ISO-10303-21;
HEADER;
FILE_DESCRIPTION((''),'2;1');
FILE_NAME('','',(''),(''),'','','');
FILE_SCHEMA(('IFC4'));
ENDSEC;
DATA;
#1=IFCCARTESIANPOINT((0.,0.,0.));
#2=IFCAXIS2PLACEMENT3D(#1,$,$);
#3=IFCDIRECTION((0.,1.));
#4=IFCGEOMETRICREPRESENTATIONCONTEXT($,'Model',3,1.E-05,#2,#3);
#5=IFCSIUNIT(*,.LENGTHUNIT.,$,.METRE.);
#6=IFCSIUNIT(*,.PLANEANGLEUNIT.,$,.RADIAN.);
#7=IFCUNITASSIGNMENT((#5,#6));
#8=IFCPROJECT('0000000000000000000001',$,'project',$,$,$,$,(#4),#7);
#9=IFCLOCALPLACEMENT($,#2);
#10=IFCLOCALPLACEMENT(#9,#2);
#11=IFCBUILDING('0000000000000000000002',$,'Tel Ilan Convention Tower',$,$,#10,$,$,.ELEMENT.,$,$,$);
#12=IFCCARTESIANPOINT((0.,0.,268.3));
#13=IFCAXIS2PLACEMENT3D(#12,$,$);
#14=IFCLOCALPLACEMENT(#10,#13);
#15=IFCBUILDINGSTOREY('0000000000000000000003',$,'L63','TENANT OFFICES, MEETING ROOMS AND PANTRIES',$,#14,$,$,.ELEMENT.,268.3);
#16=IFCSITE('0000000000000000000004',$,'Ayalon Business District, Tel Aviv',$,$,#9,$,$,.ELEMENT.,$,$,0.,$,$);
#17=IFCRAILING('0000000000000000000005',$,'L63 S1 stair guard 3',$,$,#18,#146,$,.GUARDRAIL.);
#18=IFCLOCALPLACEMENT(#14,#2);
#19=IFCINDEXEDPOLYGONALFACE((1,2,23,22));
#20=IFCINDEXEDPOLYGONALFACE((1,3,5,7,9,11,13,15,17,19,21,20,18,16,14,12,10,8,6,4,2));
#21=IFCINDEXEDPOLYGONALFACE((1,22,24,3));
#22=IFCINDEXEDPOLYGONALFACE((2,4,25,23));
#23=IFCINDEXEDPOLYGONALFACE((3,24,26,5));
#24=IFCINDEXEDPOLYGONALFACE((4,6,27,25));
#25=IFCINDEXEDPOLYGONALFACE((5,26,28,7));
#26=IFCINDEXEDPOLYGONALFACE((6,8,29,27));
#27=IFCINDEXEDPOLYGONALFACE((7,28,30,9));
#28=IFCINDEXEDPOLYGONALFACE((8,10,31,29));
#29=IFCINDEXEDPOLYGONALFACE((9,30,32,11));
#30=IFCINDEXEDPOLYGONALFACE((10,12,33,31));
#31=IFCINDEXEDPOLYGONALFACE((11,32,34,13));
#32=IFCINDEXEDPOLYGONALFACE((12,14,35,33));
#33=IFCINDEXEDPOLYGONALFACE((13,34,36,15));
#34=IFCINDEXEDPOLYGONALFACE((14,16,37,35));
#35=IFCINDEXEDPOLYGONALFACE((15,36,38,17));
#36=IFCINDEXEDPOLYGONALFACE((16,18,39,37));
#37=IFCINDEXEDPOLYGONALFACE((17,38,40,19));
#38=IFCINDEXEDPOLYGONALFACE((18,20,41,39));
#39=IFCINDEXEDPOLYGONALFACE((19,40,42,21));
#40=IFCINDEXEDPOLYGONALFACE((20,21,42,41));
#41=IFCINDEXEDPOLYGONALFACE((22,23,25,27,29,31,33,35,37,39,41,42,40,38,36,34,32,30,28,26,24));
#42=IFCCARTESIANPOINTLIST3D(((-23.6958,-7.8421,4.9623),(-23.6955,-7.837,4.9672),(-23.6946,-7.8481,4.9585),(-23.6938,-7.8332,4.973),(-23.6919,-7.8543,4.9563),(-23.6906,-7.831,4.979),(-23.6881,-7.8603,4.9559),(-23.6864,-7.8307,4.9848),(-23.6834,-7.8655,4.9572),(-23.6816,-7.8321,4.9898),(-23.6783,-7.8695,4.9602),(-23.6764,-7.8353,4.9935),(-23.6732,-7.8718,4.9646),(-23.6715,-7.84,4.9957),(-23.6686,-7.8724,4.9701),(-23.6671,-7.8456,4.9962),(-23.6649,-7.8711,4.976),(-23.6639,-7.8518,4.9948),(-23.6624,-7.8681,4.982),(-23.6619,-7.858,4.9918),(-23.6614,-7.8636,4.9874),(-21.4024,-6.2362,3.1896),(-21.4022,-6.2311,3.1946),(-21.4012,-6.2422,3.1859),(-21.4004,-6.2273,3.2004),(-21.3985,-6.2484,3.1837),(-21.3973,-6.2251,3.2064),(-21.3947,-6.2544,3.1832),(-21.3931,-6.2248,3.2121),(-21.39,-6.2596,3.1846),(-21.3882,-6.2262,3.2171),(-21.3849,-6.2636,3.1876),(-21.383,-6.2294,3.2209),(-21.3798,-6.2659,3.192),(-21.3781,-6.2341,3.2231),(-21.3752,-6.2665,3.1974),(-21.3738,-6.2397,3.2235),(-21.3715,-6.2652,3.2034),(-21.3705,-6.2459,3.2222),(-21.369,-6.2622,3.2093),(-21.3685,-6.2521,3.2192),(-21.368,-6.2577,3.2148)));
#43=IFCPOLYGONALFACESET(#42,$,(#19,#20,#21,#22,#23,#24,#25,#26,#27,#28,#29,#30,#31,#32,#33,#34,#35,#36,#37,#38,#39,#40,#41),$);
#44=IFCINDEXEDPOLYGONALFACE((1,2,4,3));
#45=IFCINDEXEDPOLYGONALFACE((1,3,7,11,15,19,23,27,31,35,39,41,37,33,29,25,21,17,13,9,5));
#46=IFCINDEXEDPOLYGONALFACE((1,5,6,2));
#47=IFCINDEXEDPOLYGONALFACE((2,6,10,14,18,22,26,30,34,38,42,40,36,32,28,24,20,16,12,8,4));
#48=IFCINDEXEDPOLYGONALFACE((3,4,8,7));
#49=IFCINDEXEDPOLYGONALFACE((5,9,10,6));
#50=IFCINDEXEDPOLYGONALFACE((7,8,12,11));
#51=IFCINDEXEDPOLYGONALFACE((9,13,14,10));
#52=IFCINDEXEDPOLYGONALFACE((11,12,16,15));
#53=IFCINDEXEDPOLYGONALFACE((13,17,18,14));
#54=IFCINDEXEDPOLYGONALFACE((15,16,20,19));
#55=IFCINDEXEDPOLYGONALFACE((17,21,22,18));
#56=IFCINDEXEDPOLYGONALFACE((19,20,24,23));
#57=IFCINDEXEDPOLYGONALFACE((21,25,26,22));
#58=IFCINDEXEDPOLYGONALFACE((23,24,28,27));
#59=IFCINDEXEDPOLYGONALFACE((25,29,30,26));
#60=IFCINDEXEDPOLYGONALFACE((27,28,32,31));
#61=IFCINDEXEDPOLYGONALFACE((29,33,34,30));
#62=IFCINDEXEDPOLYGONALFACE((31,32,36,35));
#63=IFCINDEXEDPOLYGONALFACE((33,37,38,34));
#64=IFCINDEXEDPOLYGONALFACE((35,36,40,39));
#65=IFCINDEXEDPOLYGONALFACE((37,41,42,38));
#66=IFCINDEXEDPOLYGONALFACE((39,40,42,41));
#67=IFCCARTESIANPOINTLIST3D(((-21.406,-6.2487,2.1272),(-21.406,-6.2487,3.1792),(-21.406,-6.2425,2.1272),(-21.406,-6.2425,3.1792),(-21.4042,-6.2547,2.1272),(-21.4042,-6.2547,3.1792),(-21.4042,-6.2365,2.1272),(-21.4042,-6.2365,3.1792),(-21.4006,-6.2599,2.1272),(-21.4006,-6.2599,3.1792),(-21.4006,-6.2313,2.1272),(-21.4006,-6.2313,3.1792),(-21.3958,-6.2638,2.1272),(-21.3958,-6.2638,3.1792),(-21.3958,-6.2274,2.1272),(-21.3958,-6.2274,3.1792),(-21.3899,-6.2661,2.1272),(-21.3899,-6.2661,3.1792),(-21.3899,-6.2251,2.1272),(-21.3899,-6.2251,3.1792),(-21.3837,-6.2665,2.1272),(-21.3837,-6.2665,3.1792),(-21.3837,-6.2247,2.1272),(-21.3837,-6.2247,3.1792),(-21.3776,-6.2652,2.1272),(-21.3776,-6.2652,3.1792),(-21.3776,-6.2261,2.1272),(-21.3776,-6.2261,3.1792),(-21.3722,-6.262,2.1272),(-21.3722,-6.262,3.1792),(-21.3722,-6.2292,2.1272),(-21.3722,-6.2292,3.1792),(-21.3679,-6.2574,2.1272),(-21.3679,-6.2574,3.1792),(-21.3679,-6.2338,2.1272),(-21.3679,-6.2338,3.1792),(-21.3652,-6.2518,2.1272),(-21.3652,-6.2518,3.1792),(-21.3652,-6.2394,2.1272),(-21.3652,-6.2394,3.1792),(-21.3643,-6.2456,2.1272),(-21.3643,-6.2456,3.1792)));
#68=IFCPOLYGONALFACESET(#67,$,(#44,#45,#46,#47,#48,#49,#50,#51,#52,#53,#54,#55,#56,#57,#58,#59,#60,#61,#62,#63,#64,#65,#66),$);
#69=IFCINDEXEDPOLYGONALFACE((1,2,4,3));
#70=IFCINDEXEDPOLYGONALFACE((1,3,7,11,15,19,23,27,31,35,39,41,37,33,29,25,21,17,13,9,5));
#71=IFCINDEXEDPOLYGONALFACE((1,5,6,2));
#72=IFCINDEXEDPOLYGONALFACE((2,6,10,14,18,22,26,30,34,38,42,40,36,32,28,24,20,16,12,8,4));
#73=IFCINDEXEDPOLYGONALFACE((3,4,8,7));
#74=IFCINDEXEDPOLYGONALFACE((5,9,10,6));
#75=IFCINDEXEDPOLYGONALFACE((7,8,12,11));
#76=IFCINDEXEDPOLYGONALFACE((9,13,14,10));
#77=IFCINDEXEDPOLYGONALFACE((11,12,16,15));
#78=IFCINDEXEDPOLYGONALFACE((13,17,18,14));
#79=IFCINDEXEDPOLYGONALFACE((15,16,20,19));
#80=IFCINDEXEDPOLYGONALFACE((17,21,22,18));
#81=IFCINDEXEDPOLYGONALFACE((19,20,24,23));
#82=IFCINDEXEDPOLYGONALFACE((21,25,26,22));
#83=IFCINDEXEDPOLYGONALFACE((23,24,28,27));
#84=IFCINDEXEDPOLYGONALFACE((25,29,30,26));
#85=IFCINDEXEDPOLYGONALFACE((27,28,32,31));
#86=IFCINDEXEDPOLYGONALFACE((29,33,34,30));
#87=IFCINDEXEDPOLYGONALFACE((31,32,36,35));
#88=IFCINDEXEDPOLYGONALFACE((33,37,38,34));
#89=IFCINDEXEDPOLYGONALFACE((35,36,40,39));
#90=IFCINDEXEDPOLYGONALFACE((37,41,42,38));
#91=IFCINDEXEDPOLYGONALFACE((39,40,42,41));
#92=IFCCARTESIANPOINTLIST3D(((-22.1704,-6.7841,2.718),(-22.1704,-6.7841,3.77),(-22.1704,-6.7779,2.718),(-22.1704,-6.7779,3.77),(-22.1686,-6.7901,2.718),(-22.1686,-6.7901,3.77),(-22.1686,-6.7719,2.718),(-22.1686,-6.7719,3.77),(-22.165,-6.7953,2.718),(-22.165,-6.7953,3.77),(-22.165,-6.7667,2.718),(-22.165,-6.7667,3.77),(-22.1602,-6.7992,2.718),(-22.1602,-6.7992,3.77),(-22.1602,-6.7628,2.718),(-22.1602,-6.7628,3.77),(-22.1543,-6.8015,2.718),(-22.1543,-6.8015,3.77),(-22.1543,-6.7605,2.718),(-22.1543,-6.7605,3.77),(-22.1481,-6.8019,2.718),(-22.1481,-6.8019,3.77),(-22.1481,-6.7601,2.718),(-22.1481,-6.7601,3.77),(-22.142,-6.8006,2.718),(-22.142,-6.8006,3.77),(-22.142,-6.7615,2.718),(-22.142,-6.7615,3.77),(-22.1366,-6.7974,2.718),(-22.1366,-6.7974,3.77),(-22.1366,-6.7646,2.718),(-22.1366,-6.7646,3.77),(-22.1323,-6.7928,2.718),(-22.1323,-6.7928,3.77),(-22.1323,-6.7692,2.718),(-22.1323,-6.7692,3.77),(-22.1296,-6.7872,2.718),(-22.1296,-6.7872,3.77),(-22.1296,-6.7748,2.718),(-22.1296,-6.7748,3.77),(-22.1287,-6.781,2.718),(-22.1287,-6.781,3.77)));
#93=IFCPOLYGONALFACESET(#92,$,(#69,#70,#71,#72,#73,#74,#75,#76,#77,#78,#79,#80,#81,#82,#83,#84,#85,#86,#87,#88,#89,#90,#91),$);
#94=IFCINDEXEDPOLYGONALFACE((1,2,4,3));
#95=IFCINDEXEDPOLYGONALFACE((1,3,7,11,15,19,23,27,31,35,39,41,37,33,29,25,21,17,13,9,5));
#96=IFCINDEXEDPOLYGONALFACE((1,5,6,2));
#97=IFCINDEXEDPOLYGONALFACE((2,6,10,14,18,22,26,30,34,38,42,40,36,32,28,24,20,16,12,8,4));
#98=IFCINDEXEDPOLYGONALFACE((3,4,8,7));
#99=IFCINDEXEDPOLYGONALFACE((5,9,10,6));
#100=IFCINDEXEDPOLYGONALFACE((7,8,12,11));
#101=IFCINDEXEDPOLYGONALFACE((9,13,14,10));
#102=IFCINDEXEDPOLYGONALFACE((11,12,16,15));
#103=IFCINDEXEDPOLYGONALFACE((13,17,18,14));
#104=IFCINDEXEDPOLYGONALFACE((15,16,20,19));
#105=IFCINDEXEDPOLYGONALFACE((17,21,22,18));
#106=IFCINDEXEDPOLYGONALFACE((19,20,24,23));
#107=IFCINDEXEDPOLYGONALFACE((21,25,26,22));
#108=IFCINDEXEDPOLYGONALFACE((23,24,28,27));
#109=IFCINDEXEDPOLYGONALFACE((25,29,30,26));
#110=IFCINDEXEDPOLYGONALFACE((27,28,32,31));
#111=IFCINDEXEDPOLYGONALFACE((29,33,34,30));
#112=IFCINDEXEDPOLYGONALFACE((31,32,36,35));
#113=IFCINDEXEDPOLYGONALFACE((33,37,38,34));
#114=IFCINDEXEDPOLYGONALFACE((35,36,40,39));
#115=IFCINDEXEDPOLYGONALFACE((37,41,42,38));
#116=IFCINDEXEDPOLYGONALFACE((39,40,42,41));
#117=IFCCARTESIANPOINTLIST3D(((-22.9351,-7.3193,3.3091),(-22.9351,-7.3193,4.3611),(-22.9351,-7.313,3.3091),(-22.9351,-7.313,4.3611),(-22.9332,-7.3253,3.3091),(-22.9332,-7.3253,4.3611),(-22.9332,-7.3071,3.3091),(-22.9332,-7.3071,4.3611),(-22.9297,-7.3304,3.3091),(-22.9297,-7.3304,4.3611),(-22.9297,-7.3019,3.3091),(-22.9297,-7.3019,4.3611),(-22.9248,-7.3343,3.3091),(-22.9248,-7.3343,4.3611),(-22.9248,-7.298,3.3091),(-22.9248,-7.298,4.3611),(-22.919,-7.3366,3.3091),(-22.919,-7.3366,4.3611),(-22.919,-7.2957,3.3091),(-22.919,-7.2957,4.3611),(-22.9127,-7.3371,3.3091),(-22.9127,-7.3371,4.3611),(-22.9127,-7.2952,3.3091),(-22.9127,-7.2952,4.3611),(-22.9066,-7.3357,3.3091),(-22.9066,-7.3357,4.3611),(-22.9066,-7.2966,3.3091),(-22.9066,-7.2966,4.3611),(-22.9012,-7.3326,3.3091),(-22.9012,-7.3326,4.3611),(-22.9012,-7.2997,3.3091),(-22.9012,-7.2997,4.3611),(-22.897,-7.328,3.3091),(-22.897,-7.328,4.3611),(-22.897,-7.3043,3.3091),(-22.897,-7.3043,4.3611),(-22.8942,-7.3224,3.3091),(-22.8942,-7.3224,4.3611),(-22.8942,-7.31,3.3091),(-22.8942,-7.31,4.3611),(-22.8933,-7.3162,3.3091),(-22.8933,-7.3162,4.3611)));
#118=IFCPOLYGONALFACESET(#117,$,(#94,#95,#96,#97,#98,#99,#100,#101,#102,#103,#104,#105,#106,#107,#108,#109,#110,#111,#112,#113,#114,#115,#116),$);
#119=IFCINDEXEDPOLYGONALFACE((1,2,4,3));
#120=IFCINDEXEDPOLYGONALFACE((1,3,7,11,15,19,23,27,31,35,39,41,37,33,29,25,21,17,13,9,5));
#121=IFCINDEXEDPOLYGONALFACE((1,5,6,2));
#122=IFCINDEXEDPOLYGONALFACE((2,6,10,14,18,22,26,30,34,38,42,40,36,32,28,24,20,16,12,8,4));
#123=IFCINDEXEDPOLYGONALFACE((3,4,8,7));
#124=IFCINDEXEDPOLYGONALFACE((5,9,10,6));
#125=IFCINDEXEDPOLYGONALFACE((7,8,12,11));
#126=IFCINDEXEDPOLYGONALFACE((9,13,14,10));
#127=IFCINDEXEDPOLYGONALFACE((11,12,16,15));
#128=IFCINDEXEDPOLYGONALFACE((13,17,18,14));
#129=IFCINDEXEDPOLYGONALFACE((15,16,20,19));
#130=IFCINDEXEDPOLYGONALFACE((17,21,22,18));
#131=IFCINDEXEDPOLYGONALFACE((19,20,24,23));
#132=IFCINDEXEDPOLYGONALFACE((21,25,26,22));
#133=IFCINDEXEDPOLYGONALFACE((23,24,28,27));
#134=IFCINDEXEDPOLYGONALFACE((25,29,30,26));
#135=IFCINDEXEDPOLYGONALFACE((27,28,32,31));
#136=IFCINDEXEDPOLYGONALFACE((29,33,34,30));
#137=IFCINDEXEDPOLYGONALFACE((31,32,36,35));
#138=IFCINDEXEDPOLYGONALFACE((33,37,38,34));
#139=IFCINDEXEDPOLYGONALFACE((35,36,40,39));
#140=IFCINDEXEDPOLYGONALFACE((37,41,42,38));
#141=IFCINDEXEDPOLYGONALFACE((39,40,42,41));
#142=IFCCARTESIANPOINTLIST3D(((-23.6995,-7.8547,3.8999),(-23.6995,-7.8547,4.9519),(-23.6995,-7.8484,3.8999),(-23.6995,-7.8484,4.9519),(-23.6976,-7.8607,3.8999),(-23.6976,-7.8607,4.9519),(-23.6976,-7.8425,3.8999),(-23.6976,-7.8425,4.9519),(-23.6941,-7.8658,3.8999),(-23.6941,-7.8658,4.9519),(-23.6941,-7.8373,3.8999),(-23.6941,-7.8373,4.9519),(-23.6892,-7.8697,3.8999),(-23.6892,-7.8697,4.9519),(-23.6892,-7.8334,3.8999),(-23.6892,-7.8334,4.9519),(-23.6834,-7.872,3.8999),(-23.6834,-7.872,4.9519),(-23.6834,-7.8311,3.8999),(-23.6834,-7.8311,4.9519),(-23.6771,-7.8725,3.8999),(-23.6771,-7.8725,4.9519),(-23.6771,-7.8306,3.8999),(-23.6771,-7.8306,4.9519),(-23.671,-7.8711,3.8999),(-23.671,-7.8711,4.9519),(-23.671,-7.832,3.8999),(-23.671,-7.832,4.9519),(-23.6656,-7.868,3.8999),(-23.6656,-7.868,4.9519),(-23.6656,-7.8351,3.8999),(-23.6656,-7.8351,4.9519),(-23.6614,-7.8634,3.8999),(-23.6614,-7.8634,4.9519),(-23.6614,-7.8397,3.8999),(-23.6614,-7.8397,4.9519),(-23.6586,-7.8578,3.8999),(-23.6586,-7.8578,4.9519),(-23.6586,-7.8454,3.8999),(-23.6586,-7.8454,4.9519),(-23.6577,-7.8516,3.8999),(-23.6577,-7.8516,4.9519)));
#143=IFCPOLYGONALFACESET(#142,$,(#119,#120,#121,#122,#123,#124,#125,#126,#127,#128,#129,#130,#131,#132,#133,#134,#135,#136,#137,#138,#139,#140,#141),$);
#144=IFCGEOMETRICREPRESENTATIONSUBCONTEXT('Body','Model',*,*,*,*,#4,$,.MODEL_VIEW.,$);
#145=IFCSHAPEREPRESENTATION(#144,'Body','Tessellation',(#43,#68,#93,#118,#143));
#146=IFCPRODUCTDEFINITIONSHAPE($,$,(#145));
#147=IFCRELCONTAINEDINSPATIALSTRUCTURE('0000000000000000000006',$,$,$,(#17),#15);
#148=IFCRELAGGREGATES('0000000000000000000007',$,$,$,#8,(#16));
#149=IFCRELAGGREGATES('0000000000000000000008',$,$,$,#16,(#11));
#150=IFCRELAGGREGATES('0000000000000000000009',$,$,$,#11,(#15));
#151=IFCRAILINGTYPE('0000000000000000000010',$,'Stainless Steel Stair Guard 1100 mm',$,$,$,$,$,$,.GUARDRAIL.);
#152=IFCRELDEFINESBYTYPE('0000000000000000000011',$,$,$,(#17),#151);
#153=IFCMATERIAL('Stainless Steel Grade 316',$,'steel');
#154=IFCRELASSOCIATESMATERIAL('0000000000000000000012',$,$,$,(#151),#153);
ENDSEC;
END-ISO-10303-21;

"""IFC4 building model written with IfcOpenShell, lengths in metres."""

from ifc_helpers import new_model, si_unit, direction, frame, origin, origin_2d, place, context, subcontext, project, spatial, circle, extrude, material, type_object, element, save


model = new_model("IFC4")

# Units and contexts
model_context = context("Model", 3, precision=1e-05, world=origin(), true_north=direction((0.0, 1.0)))
body_context = subcontext(model_context, "Body", "Model", "MODEL_VIEW")
ifc_project = project(units=[si_unit("LENGTHUNIT", "METRE"), si_unit("PLANEANGLEUNIT", "RADIAN")], contexts=[model_context])

# Site, building, storey
site_placement = place(None, origin())
site = spatial("IfcSite", under=ifc_project, at=site_placement, Name="Ayalon Business District, Tel Aviv", CompositionType="ELEMENT", RefElevation=0.0)
building_placement = place(site_placement, origin())
building = spatial("IfcBuilding", under=site, at=building_placement, Name="Tel Ilan Convention Tower", CompositionType="ELEMENT")
storey_placement = place(building_placement, frame((0.0, 0.0, 268.3)))
storey = spatial("IfcBuildingStorey", under=building, at=storey_placement, Name="L63", Description="TENANT OFFICES, MEETING ROOMS AND PANTRIES", CompositionType="ELEMENT", Elevation=268.3)

# Railing
ifc_material_1 = material(Name="Stainless Steel Grade 316", Category="steel")
railing_type_1 = type_object("IfcRailingType", Name="Stainless Steel Stair Guard 1100 mm", PredefinedType="GUARDRAIL", material=ifc_material_1)
railing_1_placement = place(storey_placement, frame((-21.3853, -6.2456, 2.1272)))
element("IfcRailing", 1, at=railing_1_placement, inside=storey, type_object=railing_type_1, Name="L63 S1 stair guard 3", PredefinedType="GUARDRAIL", context=body_context, shape_type="SweptSolid", body=[
    extrude(circle(Radius=0.0239, at=origin_2d()), frame((0.0, 0.0, 1.0762), z_axis=(-0.692085, -0.484621, 0.53494), x_axis=(0.573591, -0.819142, 0.0)), (0.0, 0.0, 1.0), 3.3137),
    extrude(circle(Radius=0.021, at=origin_2d()), origin(), (0.0, 0.0, 1.0), 1.052),
    extrude(circle(Radius=0.021, at=origin_2d()), frame((-0.7644, -0.5354, 0.5908)), (0.0, 0.0, 1.0), 1.052),
    extrude(circle(Radius=0.021, at=origin_2d()), frame((-1.5291, -1.0706, 1.1819)), (0.0, 0.0, 1.0), 1.052),
    extrude(circle(Radius=0.021, at=origin_2d()), frame((-2.2935, -1.606, 1.7727)), (0.0, 0.0, 1.0), 1.052),
])

save(model, "model.ifc")
